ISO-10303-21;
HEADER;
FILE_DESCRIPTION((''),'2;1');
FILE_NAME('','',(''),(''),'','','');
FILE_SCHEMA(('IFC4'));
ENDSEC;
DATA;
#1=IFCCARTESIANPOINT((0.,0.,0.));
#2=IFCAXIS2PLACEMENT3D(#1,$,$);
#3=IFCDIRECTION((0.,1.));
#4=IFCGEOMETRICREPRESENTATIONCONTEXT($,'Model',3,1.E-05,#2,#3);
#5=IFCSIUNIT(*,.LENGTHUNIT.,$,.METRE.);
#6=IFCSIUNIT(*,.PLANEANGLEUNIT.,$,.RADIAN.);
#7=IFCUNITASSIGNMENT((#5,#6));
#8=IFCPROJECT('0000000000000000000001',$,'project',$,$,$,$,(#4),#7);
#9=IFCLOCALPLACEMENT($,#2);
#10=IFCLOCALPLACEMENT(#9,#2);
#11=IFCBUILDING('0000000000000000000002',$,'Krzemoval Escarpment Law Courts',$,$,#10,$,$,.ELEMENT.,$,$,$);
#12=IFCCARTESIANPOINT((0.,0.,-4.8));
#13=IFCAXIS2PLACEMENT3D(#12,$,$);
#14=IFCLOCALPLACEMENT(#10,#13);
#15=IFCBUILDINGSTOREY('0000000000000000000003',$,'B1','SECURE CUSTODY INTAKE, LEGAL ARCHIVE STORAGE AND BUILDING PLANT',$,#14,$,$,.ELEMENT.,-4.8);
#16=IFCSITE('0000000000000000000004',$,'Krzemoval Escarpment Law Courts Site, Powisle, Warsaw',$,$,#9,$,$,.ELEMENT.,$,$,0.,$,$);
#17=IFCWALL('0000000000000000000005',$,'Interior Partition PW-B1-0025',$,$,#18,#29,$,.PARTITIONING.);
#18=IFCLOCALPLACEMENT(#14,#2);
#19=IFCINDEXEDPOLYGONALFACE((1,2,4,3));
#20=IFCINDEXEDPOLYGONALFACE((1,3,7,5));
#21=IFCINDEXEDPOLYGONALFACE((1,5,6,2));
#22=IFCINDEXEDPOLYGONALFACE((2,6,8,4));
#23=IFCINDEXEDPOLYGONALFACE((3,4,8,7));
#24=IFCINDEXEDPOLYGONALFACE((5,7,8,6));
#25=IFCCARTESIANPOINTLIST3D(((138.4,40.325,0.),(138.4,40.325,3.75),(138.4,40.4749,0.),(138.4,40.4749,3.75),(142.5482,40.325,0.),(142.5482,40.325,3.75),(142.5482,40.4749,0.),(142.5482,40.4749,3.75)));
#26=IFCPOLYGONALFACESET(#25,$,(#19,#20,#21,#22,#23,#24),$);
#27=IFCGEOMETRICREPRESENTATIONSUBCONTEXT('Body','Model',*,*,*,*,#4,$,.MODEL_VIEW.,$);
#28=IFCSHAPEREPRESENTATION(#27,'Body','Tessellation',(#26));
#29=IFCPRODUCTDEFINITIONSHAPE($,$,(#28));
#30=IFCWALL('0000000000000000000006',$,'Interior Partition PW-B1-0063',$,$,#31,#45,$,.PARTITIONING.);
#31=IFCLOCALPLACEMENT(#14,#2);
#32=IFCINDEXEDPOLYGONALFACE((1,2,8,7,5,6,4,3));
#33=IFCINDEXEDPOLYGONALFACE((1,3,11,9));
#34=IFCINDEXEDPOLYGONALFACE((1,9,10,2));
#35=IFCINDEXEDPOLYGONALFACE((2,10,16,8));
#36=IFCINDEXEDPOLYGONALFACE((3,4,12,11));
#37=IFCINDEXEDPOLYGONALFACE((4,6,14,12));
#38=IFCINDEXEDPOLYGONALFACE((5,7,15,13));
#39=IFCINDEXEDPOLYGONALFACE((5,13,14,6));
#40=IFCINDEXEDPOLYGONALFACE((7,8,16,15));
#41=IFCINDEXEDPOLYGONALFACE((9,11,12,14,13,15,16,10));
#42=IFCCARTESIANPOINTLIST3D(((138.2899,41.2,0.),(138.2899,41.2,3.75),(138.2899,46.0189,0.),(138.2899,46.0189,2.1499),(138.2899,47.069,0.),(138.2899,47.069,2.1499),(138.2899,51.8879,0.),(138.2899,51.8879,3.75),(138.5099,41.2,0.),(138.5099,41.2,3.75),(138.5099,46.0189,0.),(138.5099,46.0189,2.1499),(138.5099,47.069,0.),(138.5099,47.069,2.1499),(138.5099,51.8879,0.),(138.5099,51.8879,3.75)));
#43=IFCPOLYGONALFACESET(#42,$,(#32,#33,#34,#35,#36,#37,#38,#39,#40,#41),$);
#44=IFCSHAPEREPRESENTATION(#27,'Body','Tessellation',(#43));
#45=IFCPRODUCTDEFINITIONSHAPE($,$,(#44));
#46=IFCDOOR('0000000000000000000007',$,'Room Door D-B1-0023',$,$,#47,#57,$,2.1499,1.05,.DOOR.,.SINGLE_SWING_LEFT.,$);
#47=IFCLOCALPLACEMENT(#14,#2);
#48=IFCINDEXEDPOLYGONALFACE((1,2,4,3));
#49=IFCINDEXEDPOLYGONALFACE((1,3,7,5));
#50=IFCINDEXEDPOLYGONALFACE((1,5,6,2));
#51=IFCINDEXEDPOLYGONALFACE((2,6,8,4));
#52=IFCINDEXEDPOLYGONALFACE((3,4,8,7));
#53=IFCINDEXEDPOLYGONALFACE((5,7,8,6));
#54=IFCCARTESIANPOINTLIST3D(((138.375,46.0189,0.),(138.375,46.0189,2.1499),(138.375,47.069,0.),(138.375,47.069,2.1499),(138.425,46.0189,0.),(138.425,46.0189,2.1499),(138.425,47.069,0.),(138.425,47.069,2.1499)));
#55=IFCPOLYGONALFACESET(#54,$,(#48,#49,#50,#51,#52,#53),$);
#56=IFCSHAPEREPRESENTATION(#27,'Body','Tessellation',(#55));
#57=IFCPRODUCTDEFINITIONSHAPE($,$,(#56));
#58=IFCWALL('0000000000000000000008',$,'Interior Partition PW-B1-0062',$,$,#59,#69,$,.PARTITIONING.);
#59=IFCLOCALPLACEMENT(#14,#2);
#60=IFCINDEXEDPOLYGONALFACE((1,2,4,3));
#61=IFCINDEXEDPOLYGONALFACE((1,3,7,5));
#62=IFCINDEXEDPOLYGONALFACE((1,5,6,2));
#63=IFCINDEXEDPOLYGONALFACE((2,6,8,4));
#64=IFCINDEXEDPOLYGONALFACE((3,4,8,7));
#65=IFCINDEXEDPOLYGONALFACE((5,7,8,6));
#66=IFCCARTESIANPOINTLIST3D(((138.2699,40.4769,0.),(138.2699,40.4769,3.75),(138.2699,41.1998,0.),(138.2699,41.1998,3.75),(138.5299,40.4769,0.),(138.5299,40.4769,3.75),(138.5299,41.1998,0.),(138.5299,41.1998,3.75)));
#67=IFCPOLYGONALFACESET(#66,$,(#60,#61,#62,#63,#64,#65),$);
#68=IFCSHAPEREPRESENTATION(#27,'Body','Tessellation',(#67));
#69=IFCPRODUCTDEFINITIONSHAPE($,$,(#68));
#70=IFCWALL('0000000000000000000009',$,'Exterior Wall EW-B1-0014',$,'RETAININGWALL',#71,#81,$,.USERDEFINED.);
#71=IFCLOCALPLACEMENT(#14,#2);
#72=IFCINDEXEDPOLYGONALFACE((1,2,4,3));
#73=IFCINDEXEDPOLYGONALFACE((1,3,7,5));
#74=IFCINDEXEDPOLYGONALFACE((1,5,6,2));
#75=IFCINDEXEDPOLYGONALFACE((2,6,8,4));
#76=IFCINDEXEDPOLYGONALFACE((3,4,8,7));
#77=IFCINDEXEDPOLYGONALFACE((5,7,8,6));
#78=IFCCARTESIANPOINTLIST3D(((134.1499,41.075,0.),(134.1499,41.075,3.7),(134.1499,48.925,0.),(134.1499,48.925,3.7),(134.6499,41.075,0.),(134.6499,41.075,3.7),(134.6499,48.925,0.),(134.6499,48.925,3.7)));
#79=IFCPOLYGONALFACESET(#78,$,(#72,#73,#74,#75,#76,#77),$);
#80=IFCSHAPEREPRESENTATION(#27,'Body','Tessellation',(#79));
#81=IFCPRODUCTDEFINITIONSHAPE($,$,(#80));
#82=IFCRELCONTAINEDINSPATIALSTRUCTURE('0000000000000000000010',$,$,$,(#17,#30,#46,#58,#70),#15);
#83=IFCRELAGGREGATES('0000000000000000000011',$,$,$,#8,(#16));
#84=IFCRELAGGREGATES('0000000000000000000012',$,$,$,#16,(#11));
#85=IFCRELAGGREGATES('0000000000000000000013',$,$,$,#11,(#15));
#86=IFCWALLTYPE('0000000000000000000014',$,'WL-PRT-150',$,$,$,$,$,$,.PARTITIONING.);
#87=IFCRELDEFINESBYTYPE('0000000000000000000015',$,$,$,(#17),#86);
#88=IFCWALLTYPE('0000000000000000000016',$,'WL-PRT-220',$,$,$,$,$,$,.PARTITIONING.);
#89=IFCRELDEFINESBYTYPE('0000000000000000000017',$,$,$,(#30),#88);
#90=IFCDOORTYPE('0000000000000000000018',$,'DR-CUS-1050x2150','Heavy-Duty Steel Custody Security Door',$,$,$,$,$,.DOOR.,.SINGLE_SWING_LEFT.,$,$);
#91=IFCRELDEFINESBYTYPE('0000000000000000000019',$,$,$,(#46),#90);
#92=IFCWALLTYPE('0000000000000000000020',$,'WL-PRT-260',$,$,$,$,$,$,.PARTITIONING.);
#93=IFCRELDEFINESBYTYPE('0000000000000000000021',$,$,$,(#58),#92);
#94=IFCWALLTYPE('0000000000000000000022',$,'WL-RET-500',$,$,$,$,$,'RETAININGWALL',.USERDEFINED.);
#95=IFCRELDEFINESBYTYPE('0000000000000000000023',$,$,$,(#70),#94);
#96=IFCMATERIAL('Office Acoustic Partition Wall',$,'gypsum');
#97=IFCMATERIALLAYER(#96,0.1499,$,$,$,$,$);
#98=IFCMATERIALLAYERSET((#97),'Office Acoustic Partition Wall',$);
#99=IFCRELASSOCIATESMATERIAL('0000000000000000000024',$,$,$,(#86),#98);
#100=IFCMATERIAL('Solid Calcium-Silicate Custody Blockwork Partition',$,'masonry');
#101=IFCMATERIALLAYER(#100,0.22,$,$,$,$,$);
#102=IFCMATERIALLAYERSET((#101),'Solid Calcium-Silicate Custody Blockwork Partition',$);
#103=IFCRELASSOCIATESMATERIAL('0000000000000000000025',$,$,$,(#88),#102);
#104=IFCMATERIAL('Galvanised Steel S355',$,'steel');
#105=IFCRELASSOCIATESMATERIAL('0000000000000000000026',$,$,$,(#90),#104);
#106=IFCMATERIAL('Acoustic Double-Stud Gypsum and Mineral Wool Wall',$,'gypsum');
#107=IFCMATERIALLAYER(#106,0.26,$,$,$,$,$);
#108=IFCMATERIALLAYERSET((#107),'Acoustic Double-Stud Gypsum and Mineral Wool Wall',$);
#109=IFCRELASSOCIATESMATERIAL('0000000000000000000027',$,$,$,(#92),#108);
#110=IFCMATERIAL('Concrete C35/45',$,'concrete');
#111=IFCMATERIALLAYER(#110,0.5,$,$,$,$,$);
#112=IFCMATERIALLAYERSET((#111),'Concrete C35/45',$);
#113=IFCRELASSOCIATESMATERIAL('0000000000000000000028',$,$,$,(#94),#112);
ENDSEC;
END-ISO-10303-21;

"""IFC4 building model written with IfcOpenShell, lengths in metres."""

from ifc_helpers import new_model, si_unit, direction, frame, frame_2d, origin, place, context, subcontext, project, spatial, rectangle, extrude, material, layer, layer_set, type_object, element, fill, save


model = new_model("IFC4")

# Units and contexts
model_context = context("Model", 3, precision=1e-05, world=origin(), true_north=direction((0.0, 1.0)))
body_context = subcontext(model_context, "Body", "Model", "MODEL_VIEW")
ifc_project = project(units=[si_unit("LENGTHUNIT", "METRE"), si_unit("PLANEANGLEUNIT", "RADIAN")], contexts=[model_context])

# Site, building, storey
site_placement = place(None, origin())
site = spatial("IfcSite", under=ifc_project, at=site_placement, Name="Krzemoval Escarpment Law Courts Site, Powisle, Warsaw", CompositionType="ELEMENT", RefElevation=0.0)
building_placement = place(site_placement, origin())
building = spatial("IfcBuilding", under=site, at=building_placement, Name="Krzemoval Escarpment Law Courts", CompositionType="ELEMENT")
storey_placement = place(building_placement, frame((0.0, 0.0, -4.8)))
storey = spatial("IfcBuildingStorey", under=building, at=storey_placement, Name="B1", Description="SECURE CUSTODY INTAKE, LEGAL ARCHIVE STORAGE AND BUILDING PLANT", CompositionType="ELEMENT", Elevation=-4.8)

# Wall
ifc_material_1 = material(Name="Office Acoustic Partition Wall", Category="gypsum")
ifc_layer_1 = layer(ifc_material_1, 0.1499)
ifc_layer_set_1 = layer_set([ifc_layer_1], Name="Office Acoustic Partition Wall")
wall_type_1 = type_object("IfcWallType", Name="WL-PRT-150", PredefinedType="PARTITIONING", material=ifc_layer_set_1)
wall_1_placement = place(storey_placement, frame((138.3999, 40.3999, 0.0), z_axis=(0.0, 0.0, 1.0), x_axis=(1.0, 0.0, 0.0)))
element("IfcWall", 1, at=wall_1_placement, inside=storey, type_object=wall_type_1, Name="Interior Partition PW-B1-0025", PredefinedType="PARTITIONING", context=body_context, shape_type="SweptSolid", body=[
    extrude(rectangle(XDim=4.1482, YDim=0.1499, at=frame_2d((2.0742, 0.0))), origin(), (0.0, 0.0, 1.0), 3.75),
])

# Wall, opening, door
ifc_material_2 = material(Name="Solid Calcium-Silicate Custody Blockwork Partition", Category="masonry")
ifc_layer_2 = layer(ifc_material_2, 0.22)
ifc_layer_set_2 = layer_set([ifc_layer_2], Name="Solid Calcium-Silicate Custody Blockwork Partition")
wall_type_2 = type_object("IfcWallType", Name="WL-PRT-220", PredefinedType="PARTITIONING", material=ifc_layer_set_2)
wall_2_placement = place(storey_placement, frame((138.3999, 41.2, 0.0), z_axis=(0.0, 0.0, 1.0), x_axis=(0.0, 1.0, 0.0)))
wall_2 = element("IfcWall", 2, at=wall_2_placement, inside=storey, type_object=wall_type_2, Name="Interior Partition PW-B1-0063", PredefinedType="PARTITIONING", context=body_context, shape_type="SweptSolid", body=[
    extrude(rectangle(XDim=10.688, YDim=0.22, at=frame_2d((5.344, 0.0))), origin(), (0.0, 0.0, 1.0), 3.75),
])
opening_placement = place(wall_2_placement, frame((4.8191, 0.0, 0.0)))
opening = element("IfcOpeningElement", 3, at=opening_placement, cuts=wall_2, PredefinedType="OPENING", context=body_context, shape_type="SweptSolid", body=[
    extrude(rectangle(XDim=1.05, YDim=2.1499, at=frame_2d((0.5249, 1.075))), frame((0.0, 0.125, 0.0), z_axis=(0.0, -1.0, 0.0), x_axis=(1.0, 0.0, 0.0)), (0.0, 0.0, 1.0), 0.25),
])
ifc_material_3 = material(Name="Galvanised Steel S355", Category="steel")
door_type = type_object("IfcDoorType", Name="DR-CUS-1050x2150", Description="Heavy-Duty Steel Custody Security Door", OperationType="SINGLE_SWING_LEFT", PredefinedType="DOOR", material=ifc_material_3)
door_placement = place(opening_placement, origin())
door = element("IfcDoor", 4, at=door_placement, inside=storey, type_object=door_type, Name="Room Door D-B1-0023", OperationType="SINGLE_SWING_LEFT", OverallHeight=2.1499, OverallWidth=1.05, PredefinedType="DOOR", context=body_context, shape_type="SweptSolid", body=[
    extrude(rectangle(XDim=1.05, YDim=2.1499, at=frame_2d((0.5249, 1.075))), frame((0.0, 0.0249, 0.0), z_axis=(0.0, -1.0, 0.0), x_axis=(1.0, 0.0, 0.0)), (0.0, 0.0, 1.0), 0.05),
])
fill(opening, door)

# Walls
ifc_material_4 = material(Name="Acoustic Double-Stud Gypsum and Mineral Wool Wall", Category="gypsum")
ifc_layer_3 = layer(ifc_material_4, 0.26)
ifc_layer_set_3 = layer_set([ifc_layer_3], Name="Acoustic Double-Stud Gypsum and Mineral Wool Wall")
wall_type_3 = type_object("IfcWallType", Name="WL-PRT-260", PredefinedType="PARTITIONING", material=ifc_layer_set_3)
wall_3_placement = place(storey_placement, frame((138.3999, 40.4771, 0.0), z_axis=(0.0, 0.0, 1.0), x_axis=(0.0, 1.0, 0.0)))
element("IfcWall", 5, at=wall_3_placement, inside=storey, type_object=wall_type_3, Name="Interior Partition PW-B1-0062", PredefinedType="PARTITIONING", context=body_context, shape_type="SweptSolid", body=[
    extrude(rectangle(XDim=0.7229, YDim=0.26, at=frame_2d((0.3613, 0.0))), origin(), (0.0, 0.0, 1.0), 3.75),
])
ifc_material_5 = material(Name="Concrete C35/45", Category="concrete")
ifc_layer_4 = layer(ifc_material_5, 0.5)
ifc_layer_set_4 = layer_set([ifc_layer_4], Name="Concrete C35/45")
wall_type_4 = type_object("IfcWallType", Name="WL-RET-500", ElementType="RETAININGWALL", PredefinedType="USERDEFINED", material=ifc_layer_set_4)
wall_4_placement = place(storey_placement, frame((134.3999, 41.075, 0.0), z_axis=(0.0, 0.0, 1.0), x_axis=(0.0, 1.0, 0.0)))
element("IfcWall", 6, at=wall_4_placement, inside=storey, type_object=wall_type_4, Name="Exterior Wall EW-B1-0014", ObjectType="RETAININGWALL", PredefinedType="USERDEFINED", context=body_context, shape_type="SweptSolid", body=[
    extrude(rectangle(XDim=7.8501, YDim=0.5, at=frame_2d((3.925, 0.0))), origin(), (0.0, 0.0, 1.0), 3.7),
])

save(model, "model.ifc")
